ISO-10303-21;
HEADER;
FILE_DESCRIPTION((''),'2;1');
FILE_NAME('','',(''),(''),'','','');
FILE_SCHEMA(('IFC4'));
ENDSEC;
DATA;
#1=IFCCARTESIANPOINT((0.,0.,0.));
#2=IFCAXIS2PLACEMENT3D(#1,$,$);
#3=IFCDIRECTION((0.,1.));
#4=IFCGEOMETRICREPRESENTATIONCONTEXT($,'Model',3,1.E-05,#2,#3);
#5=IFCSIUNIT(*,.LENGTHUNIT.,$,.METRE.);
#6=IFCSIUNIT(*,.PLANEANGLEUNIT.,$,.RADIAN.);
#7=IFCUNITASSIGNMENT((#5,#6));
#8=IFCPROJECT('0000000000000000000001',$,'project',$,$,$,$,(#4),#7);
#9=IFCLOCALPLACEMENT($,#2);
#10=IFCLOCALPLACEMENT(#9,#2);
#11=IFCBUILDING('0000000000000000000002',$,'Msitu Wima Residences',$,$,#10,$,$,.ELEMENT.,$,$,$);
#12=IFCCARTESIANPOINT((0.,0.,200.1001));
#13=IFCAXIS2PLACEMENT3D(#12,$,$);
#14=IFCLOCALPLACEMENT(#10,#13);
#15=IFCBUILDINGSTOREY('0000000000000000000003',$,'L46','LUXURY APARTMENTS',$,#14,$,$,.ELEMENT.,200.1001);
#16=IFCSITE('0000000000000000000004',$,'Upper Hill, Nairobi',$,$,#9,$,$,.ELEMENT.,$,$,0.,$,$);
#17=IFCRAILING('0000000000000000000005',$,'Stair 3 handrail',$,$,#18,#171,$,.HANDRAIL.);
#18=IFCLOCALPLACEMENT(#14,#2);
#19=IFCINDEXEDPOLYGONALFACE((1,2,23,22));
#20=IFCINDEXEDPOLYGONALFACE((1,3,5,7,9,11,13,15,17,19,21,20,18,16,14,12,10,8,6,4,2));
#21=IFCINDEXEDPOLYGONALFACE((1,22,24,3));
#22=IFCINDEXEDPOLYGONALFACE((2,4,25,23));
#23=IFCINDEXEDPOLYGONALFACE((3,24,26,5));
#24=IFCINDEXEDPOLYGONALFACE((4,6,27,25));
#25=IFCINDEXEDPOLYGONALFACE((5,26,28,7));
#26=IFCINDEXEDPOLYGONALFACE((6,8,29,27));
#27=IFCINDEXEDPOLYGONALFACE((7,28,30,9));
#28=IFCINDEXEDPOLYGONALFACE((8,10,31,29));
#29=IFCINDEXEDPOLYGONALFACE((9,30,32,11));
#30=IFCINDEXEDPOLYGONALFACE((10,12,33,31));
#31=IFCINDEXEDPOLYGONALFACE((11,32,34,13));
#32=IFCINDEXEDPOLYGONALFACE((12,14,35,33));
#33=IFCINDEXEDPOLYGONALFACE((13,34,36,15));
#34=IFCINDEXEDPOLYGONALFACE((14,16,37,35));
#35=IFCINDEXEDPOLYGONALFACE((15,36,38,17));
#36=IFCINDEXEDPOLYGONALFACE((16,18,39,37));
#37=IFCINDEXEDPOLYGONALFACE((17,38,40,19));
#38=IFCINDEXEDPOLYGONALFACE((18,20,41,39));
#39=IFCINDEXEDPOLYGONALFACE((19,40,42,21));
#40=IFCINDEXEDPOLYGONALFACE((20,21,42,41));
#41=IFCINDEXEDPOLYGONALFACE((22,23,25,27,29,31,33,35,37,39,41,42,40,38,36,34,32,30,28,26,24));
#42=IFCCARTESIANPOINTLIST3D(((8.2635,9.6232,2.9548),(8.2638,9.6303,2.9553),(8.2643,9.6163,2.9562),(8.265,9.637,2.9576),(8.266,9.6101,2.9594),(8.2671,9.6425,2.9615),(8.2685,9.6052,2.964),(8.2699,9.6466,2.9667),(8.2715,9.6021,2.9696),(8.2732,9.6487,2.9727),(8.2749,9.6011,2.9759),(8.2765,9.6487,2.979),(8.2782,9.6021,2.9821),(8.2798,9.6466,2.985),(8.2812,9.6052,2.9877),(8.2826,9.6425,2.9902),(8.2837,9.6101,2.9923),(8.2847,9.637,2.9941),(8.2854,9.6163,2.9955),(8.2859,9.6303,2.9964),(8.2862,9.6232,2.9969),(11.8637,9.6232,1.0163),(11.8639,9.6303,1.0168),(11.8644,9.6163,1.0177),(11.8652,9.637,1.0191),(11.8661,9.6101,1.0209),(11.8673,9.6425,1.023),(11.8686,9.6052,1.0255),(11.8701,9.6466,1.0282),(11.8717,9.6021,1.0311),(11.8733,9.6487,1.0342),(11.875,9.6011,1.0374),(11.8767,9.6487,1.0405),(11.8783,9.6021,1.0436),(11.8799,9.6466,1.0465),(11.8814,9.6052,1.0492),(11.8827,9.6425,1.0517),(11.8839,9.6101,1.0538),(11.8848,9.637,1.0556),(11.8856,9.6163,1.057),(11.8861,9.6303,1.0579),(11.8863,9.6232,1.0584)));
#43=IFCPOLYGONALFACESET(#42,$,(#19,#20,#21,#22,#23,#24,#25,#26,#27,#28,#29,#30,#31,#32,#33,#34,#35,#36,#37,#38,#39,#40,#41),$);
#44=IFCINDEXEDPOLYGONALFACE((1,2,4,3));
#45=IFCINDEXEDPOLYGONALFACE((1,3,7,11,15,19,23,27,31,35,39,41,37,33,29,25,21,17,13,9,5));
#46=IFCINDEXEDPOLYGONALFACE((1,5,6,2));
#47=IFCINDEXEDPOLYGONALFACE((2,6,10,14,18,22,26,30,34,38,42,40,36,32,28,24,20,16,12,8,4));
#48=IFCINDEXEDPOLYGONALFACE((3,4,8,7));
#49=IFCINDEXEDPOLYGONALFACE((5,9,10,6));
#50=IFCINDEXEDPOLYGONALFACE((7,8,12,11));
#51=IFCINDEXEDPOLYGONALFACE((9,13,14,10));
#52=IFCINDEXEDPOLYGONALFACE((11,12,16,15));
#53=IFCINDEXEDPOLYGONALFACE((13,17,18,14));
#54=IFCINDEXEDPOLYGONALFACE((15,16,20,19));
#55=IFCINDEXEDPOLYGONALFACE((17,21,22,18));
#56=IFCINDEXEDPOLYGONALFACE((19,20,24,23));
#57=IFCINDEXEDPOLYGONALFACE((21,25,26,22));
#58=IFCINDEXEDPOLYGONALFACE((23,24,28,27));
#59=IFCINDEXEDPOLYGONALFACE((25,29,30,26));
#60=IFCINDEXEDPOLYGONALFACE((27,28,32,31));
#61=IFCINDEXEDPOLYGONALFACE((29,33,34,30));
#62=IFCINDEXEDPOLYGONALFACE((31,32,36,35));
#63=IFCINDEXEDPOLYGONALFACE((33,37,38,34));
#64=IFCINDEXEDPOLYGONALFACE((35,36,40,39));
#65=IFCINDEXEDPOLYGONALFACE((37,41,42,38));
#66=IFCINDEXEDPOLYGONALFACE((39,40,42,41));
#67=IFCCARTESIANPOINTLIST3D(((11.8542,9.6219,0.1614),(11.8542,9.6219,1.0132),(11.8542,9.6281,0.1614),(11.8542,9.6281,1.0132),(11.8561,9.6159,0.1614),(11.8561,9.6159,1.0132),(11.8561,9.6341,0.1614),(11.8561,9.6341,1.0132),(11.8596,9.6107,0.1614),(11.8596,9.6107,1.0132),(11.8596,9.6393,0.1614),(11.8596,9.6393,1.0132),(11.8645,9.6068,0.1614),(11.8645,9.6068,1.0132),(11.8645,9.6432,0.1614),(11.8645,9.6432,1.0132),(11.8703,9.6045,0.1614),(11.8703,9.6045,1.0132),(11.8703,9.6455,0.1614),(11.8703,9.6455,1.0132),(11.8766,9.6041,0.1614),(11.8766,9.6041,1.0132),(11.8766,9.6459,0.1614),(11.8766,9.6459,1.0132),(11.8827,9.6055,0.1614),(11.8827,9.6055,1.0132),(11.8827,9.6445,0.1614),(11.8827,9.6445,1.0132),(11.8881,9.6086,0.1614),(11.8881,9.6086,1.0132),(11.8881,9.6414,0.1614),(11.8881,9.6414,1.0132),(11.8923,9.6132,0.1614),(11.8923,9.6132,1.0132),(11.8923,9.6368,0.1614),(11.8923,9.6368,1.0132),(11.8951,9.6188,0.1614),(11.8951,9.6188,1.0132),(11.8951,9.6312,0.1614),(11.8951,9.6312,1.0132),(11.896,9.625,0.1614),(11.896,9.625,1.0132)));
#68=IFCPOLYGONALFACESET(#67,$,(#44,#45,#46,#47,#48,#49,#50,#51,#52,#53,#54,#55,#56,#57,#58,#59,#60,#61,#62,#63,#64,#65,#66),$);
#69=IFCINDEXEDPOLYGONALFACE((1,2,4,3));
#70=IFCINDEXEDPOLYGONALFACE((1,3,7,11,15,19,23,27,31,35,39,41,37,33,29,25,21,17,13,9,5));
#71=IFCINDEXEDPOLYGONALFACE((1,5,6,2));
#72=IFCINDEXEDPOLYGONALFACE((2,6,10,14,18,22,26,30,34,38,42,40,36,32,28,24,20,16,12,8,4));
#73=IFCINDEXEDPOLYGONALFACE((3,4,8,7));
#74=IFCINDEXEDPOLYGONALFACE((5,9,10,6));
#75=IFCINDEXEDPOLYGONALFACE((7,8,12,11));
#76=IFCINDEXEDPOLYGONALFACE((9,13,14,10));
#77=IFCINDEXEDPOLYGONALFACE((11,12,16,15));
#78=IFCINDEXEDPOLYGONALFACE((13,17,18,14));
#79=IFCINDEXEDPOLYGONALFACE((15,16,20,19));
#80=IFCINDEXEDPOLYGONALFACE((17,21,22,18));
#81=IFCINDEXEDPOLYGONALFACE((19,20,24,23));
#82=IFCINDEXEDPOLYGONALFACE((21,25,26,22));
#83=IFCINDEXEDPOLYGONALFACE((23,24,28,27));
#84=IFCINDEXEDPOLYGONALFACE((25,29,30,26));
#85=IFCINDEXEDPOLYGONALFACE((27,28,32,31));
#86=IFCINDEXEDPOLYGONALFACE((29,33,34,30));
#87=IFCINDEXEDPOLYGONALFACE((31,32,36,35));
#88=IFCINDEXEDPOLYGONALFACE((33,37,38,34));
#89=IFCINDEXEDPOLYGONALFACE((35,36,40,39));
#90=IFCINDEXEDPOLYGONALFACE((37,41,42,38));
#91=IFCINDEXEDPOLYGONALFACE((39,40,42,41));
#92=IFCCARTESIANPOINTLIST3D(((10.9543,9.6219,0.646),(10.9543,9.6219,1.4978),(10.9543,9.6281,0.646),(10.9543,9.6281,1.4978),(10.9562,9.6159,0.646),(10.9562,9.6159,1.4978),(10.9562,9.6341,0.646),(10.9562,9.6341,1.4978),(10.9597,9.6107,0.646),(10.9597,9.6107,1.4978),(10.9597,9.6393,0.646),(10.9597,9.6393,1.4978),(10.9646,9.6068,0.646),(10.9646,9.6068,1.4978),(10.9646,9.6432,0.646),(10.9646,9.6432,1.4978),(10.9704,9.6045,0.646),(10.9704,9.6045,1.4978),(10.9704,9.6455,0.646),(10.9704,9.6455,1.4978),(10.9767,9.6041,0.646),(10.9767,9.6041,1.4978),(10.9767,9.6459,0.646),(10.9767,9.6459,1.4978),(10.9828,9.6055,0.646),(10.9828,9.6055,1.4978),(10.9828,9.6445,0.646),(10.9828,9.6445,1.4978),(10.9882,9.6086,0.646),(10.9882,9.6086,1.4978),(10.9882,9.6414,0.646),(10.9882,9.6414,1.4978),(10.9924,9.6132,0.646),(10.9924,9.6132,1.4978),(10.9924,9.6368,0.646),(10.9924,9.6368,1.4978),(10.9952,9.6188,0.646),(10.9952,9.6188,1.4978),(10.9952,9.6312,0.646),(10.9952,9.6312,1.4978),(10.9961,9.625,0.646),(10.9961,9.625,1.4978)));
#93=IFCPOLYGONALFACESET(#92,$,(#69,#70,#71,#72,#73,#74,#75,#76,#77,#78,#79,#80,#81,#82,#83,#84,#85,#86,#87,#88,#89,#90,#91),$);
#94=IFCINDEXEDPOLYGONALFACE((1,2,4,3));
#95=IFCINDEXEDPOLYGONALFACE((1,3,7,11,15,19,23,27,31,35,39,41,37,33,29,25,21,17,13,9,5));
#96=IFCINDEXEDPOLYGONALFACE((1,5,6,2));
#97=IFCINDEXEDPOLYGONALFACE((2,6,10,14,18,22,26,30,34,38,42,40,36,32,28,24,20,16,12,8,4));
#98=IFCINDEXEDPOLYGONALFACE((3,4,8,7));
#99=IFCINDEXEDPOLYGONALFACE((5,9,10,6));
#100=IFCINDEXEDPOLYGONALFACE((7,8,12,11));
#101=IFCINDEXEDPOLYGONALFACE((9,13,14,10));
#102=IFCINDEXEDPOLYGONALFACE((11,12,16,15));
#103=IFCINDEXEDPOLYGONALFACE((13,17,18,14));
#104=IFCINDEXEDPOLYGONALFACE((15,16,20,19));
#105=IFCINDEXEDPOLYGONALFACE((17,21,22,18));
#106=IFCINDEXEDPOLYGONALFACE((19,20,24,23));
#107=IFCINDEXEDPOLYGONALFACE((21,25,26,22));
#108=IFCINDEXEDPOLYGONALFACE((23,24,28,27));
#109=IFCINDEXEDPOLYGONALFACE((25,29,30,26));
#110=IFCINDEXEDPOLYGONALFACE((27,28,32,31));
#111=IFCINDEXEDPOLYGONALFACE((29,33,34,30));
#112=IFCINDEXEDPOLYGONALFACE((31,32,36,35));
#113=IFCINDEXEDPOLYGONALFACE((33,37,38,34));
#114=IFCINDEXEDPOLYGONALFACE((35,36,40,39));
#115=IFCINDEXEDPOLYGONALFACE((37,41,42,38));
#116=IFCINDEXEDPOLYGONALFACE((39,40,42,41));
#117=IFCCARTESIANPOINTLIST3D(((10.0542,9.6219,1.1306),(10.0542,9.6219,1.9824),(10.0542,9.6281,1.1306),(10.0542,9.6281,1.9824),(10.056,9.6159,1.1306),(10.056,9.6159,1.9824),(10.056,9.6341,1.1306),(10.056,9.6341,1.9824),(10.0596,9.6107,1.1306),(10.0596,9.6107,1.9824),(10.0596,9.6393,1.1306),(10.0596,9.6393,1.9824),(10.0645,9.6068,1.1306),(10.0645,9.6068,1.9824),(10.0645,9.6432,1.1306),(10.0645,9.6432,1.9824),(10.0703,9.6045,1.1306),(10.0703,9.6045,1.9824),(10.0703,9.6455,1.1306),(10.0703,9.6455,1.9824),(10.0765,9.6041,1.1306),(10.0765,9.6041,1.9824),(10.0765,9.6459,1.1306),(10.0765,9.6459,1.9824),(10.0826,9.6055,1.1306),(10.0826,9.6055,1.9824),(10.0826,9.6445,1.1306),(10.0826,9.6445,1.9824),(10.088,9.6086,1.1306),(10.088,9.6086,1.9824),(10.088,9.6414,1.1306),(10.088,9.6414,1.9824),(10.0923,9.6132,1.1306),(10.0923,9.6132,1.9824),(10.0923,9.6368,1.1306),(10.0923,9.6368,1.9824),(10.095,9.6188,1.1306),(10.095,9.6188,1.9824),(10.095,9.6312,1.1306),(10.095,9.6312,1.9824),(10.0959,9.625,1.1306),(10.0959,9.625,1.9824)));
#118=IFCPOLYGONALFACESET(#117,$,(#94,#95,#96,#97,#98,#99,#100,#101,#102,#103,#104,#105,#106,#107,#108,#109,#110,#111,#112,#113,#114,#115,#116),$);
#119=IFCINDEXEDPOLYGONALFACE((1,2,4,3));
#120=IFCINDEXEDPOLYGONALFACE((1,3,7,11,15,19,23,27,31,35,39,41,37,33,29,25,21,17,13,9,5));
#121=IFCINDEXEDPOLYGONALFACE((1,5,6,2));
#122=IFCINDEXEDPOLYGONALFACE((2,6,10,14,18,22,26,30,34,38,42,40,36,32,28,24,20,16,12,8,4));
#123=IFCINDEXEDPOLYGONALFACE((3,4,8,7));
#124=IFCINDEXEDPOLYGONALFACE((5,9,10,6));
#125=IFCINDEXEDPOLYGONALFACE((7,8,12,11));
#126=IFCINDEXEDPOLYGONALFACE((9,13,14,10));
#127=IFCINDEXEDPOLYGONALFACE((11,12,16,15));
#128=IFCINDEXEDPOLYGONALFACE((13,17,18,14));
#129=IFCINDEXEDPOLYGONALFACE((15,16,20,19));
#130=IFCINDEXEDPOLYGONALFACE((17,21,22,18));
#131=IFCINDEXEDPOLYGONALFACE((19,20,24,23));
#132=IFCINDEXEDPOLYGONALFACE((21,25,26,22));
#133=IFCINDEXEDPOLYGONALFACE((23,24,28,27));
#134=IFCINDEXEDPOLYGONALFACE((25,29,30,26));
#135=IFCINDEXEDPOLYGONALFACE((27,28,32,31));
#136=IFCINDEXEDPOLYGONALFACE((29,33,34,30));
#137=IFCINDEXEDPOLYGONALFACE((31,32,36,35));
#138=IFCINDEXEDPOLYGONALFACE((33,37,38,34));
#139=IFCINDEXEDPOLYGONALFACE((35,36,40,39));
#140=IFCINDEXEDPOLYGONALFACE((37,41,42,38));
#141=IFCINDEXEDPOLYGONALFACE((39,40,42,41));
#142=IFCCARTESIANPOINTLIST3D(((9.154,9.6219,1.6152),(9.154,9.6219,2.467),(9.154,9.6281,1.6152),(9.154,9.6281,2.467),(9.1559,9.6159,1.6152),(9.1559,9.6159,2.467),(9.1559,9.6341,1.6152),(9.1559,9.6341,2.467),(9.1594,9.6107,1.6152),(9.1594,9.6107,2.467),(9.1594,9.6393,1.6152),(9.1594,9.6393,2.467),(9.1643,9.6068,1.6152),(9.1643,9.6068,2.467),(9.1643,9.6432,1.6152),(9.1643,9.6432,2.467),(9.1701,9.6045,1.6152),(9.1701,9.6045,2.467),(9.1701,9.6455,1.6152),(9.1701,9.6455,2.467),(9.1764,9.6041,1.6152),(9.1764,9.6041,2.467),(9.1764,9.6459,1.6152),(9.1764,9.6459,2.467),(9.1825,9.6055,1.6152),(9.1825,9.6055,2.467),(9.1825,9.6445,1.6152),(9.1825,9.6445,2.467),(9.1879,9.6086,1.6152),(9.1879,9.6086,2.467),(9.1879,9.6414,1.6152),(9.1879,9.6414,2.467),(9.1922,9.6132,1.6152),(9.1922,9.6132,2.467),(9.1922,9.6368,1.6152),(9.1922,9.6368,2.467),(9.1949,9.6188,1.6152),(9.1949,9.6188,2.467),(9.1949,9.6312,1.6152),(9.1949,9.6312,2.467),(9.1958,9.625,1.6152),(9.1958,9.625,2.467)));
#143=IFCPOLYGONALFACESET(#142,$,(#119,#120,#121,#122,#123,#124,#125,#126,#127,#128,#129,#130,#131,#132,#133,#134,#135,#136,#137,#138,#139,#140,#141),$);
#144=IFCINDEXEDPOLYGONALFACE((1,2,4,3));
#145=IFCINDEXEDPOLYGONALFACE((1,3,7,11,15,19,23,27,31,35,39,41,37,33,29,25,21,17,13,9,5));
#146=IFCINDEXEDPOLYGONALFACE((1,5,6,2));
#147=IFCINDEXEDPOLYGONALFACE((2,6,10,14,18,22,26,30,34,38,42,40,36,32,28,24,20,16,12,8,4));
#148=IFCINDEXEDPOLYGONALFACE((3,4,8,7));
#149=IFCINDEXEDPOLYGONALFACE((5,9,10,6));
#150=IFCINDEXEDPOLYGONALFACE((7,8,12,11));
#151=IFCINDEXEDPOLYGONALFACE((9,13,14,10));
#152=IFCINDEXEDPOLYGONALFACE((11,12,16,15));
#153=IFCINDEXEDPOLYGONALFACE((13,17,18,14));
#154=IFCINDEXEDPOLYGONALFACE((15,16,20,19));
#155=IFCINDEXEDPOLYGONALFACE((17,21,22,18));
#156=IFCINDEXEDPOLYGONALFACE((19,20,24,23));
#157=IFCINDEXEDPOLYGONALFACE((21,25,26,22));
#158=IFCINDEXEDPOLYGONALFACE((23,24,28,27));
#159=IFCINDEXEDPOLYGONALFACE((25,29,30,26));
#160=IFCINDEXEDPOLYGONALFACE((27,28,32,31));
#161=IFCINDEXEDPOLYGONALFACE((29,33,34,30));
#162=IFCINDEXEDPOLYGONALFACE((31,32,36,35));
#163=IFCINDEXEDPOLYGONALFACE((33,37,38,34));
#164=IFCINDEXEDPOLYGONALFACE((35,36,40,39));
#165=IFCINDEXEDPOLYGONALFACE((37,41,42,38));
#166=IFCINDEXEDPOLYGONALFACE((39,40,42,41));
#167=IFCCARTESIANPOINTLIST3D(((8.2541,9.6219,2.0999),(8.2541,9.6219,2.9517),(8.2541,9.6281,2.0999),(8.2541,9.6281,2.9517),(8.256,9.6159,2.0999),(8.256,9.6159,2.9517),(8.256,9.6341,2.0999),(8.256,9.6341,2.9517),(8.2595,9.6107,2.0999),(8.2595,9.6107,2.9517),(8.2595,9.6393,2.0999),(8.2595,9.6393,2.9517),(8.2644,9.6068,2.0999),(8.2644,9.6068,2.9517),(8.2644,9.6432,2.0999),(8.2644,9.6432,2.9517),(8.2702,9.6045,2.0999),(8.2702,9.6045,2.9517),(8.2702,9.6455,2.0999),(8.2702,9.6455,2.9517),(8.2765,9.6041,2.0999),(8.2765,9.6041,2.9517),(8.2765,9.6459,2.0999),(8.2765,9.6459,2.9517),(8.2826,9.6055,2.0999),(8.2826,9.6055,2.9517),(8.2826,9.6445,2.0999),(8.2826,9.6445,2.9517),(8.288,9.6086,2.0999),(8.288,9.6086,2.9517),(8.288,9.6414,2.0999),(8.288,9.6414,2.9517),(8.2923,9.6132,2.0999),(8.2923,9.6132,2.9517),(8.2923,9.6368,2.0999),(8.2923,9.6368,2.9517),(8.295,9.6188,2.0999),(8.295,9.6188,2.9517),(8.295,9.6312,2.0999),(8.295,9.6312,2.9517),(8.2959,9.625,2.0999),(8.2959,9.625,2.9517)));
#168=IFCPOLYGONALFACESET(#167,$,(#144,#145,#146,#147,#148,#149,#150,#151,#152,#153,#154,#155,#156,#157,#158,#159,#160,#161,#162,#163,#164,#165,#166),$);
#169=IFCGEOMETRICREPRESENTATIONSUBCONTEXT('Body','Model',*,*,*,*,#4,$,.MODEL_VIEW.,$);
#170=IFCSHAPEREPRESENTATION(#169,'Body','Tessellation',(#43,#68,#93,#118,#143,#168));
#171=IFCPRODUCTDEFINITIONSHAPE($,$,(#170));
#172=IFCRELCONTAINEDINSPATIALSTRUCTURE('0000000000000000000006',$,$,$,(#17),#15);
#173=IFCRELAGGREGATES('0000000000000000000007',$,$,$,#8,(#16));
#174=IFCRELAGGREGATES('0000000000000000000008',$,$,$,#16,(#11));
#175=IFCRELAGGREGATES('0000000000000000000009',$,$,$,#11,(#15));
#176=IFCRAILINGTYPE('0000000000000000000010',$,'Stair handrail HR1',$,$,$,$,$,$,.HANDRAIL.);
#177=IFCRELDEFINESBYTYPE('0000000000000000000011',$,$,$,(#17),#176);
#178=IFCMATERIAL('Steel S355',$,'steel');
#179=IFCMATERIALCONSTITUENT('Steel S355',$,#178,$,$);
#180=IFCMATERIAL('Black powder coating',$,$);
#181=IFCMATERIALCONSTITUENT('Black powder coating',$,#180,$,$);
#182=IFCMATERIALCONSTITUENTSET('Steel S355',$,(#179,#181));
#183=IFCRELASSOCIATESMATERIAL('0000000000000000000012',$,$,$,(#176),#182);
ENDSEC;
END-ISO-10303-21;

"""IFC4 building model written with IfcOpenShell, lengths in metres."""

from ifc_helpers import new_model, si_unit, direction, frame, origin, origin_2d, place, context, subcontext, project, spatial, circle, extrude, material, constituent, constituent_set, type_object, element, save


model = new_model("IFC4")

# Units and contexts
model_context = context("Model", 3, precision=1e-05, world=origin(), true_north=direction((0.0, 1.0)))
body_context = subcontext(model_context, "Body", "Model", "MODEL_VIEW")
ifc_project = project(units=[si_unit("LENGTHUNIT", "METRE"), si_unit("PLANEANGLEUNIT", "RADIAN")], contexts=[model_context])

# Site, building, storey
site_placement = place(None, origin())
site = spatial("IfcSite", under=ifc_project, at=site_placement, Name="Upper Hill, Nairobi", CompositionType="ELEMENT", RefElevation=0.0)
building_placement = place(site_placement, origin())
building = spatial("IfcBuilding", under=site, at=building_placement, Name="Msitu Wima Residences", CompositionType="ELEMENT")
storey_placement = place(building_placement, frame((0.0, 0.0, 200.1001)))
storey = spatial("IfcBuildingStorey", under=building, at=storey_placement, Name="L46", Description="LUXURY APARTMENTS", CompositionType="ELEMENT", Elevation=200.1001)

# Railing
ifc_material_1 = material(Name="Steel S355", Category="steel")
ifc_constituent_1 = constituent(ifc_material_1, Name="Steel S355")
ifc_material_2 = material(Name="Black powder coating")
ifc_constituent_2 = constituent(ifc_material_2, Name="Black powder coating")
ifc_constituent_set = constituent_set(constituents=[ifc_constituent_1, ifc_constituent_2], Name="Steel S355")
railing_type = type_object("IfcRailingType", Name="Stair handrail HR1", PredefinedType="HANDRAIL", material=ifc_constituent_set)
for number, where, name in (
    (1, (11.875, 9.625, 0.1614), "Stair 3 handrail"),
):
    element("IfcRailing", number, at=place(storey_placement, frame(where)), inside=storey, type_object=railing_type, Name=name, PredefinedType="HANDRAIL", context=body_context, shape_type="SweptSolid", body=[
        extrude(circle(Radius=0.0239, at=origin_2d()), frame((0.0, 0.0, 0.876), z_axis=(-0.880475, 0.0, 0.474093), x_axis=(0.0, -1.0, 0.0)), (0.0, 0.0, 1.0), 4.0889),
        extrude(circle(Radius=0.021, at=origin_2d()), origin(), (0.0, 0.0, 1.0), 0.8518),
        extrude(circle(Radius=0.021, at=origin_2d()), frame((-0.8999, 0.0, 0.4846)), (0.0, 0.0, 1.0), 0.8518),
        extrude(circle(Radius=0.021, at=origin_2d()), frame((-1.8, 0.0, 0.9692)), (0.0, 0.0, 1.0), 0.8518),
        extrude(circle(Radius=0.021, at=origin_2d()), frame((-2.7002, 0.0, 1.4539)), (0.0, 0.0, 1.0), 0.8518),
        extrude(circle(Radius=0.021, at=origin_2d()), frame((-3.6001, 0.0, 1.9385)), (0.0, 0.0, 1.0), 0.8518),
    ])

save(model, "model.ifc")
